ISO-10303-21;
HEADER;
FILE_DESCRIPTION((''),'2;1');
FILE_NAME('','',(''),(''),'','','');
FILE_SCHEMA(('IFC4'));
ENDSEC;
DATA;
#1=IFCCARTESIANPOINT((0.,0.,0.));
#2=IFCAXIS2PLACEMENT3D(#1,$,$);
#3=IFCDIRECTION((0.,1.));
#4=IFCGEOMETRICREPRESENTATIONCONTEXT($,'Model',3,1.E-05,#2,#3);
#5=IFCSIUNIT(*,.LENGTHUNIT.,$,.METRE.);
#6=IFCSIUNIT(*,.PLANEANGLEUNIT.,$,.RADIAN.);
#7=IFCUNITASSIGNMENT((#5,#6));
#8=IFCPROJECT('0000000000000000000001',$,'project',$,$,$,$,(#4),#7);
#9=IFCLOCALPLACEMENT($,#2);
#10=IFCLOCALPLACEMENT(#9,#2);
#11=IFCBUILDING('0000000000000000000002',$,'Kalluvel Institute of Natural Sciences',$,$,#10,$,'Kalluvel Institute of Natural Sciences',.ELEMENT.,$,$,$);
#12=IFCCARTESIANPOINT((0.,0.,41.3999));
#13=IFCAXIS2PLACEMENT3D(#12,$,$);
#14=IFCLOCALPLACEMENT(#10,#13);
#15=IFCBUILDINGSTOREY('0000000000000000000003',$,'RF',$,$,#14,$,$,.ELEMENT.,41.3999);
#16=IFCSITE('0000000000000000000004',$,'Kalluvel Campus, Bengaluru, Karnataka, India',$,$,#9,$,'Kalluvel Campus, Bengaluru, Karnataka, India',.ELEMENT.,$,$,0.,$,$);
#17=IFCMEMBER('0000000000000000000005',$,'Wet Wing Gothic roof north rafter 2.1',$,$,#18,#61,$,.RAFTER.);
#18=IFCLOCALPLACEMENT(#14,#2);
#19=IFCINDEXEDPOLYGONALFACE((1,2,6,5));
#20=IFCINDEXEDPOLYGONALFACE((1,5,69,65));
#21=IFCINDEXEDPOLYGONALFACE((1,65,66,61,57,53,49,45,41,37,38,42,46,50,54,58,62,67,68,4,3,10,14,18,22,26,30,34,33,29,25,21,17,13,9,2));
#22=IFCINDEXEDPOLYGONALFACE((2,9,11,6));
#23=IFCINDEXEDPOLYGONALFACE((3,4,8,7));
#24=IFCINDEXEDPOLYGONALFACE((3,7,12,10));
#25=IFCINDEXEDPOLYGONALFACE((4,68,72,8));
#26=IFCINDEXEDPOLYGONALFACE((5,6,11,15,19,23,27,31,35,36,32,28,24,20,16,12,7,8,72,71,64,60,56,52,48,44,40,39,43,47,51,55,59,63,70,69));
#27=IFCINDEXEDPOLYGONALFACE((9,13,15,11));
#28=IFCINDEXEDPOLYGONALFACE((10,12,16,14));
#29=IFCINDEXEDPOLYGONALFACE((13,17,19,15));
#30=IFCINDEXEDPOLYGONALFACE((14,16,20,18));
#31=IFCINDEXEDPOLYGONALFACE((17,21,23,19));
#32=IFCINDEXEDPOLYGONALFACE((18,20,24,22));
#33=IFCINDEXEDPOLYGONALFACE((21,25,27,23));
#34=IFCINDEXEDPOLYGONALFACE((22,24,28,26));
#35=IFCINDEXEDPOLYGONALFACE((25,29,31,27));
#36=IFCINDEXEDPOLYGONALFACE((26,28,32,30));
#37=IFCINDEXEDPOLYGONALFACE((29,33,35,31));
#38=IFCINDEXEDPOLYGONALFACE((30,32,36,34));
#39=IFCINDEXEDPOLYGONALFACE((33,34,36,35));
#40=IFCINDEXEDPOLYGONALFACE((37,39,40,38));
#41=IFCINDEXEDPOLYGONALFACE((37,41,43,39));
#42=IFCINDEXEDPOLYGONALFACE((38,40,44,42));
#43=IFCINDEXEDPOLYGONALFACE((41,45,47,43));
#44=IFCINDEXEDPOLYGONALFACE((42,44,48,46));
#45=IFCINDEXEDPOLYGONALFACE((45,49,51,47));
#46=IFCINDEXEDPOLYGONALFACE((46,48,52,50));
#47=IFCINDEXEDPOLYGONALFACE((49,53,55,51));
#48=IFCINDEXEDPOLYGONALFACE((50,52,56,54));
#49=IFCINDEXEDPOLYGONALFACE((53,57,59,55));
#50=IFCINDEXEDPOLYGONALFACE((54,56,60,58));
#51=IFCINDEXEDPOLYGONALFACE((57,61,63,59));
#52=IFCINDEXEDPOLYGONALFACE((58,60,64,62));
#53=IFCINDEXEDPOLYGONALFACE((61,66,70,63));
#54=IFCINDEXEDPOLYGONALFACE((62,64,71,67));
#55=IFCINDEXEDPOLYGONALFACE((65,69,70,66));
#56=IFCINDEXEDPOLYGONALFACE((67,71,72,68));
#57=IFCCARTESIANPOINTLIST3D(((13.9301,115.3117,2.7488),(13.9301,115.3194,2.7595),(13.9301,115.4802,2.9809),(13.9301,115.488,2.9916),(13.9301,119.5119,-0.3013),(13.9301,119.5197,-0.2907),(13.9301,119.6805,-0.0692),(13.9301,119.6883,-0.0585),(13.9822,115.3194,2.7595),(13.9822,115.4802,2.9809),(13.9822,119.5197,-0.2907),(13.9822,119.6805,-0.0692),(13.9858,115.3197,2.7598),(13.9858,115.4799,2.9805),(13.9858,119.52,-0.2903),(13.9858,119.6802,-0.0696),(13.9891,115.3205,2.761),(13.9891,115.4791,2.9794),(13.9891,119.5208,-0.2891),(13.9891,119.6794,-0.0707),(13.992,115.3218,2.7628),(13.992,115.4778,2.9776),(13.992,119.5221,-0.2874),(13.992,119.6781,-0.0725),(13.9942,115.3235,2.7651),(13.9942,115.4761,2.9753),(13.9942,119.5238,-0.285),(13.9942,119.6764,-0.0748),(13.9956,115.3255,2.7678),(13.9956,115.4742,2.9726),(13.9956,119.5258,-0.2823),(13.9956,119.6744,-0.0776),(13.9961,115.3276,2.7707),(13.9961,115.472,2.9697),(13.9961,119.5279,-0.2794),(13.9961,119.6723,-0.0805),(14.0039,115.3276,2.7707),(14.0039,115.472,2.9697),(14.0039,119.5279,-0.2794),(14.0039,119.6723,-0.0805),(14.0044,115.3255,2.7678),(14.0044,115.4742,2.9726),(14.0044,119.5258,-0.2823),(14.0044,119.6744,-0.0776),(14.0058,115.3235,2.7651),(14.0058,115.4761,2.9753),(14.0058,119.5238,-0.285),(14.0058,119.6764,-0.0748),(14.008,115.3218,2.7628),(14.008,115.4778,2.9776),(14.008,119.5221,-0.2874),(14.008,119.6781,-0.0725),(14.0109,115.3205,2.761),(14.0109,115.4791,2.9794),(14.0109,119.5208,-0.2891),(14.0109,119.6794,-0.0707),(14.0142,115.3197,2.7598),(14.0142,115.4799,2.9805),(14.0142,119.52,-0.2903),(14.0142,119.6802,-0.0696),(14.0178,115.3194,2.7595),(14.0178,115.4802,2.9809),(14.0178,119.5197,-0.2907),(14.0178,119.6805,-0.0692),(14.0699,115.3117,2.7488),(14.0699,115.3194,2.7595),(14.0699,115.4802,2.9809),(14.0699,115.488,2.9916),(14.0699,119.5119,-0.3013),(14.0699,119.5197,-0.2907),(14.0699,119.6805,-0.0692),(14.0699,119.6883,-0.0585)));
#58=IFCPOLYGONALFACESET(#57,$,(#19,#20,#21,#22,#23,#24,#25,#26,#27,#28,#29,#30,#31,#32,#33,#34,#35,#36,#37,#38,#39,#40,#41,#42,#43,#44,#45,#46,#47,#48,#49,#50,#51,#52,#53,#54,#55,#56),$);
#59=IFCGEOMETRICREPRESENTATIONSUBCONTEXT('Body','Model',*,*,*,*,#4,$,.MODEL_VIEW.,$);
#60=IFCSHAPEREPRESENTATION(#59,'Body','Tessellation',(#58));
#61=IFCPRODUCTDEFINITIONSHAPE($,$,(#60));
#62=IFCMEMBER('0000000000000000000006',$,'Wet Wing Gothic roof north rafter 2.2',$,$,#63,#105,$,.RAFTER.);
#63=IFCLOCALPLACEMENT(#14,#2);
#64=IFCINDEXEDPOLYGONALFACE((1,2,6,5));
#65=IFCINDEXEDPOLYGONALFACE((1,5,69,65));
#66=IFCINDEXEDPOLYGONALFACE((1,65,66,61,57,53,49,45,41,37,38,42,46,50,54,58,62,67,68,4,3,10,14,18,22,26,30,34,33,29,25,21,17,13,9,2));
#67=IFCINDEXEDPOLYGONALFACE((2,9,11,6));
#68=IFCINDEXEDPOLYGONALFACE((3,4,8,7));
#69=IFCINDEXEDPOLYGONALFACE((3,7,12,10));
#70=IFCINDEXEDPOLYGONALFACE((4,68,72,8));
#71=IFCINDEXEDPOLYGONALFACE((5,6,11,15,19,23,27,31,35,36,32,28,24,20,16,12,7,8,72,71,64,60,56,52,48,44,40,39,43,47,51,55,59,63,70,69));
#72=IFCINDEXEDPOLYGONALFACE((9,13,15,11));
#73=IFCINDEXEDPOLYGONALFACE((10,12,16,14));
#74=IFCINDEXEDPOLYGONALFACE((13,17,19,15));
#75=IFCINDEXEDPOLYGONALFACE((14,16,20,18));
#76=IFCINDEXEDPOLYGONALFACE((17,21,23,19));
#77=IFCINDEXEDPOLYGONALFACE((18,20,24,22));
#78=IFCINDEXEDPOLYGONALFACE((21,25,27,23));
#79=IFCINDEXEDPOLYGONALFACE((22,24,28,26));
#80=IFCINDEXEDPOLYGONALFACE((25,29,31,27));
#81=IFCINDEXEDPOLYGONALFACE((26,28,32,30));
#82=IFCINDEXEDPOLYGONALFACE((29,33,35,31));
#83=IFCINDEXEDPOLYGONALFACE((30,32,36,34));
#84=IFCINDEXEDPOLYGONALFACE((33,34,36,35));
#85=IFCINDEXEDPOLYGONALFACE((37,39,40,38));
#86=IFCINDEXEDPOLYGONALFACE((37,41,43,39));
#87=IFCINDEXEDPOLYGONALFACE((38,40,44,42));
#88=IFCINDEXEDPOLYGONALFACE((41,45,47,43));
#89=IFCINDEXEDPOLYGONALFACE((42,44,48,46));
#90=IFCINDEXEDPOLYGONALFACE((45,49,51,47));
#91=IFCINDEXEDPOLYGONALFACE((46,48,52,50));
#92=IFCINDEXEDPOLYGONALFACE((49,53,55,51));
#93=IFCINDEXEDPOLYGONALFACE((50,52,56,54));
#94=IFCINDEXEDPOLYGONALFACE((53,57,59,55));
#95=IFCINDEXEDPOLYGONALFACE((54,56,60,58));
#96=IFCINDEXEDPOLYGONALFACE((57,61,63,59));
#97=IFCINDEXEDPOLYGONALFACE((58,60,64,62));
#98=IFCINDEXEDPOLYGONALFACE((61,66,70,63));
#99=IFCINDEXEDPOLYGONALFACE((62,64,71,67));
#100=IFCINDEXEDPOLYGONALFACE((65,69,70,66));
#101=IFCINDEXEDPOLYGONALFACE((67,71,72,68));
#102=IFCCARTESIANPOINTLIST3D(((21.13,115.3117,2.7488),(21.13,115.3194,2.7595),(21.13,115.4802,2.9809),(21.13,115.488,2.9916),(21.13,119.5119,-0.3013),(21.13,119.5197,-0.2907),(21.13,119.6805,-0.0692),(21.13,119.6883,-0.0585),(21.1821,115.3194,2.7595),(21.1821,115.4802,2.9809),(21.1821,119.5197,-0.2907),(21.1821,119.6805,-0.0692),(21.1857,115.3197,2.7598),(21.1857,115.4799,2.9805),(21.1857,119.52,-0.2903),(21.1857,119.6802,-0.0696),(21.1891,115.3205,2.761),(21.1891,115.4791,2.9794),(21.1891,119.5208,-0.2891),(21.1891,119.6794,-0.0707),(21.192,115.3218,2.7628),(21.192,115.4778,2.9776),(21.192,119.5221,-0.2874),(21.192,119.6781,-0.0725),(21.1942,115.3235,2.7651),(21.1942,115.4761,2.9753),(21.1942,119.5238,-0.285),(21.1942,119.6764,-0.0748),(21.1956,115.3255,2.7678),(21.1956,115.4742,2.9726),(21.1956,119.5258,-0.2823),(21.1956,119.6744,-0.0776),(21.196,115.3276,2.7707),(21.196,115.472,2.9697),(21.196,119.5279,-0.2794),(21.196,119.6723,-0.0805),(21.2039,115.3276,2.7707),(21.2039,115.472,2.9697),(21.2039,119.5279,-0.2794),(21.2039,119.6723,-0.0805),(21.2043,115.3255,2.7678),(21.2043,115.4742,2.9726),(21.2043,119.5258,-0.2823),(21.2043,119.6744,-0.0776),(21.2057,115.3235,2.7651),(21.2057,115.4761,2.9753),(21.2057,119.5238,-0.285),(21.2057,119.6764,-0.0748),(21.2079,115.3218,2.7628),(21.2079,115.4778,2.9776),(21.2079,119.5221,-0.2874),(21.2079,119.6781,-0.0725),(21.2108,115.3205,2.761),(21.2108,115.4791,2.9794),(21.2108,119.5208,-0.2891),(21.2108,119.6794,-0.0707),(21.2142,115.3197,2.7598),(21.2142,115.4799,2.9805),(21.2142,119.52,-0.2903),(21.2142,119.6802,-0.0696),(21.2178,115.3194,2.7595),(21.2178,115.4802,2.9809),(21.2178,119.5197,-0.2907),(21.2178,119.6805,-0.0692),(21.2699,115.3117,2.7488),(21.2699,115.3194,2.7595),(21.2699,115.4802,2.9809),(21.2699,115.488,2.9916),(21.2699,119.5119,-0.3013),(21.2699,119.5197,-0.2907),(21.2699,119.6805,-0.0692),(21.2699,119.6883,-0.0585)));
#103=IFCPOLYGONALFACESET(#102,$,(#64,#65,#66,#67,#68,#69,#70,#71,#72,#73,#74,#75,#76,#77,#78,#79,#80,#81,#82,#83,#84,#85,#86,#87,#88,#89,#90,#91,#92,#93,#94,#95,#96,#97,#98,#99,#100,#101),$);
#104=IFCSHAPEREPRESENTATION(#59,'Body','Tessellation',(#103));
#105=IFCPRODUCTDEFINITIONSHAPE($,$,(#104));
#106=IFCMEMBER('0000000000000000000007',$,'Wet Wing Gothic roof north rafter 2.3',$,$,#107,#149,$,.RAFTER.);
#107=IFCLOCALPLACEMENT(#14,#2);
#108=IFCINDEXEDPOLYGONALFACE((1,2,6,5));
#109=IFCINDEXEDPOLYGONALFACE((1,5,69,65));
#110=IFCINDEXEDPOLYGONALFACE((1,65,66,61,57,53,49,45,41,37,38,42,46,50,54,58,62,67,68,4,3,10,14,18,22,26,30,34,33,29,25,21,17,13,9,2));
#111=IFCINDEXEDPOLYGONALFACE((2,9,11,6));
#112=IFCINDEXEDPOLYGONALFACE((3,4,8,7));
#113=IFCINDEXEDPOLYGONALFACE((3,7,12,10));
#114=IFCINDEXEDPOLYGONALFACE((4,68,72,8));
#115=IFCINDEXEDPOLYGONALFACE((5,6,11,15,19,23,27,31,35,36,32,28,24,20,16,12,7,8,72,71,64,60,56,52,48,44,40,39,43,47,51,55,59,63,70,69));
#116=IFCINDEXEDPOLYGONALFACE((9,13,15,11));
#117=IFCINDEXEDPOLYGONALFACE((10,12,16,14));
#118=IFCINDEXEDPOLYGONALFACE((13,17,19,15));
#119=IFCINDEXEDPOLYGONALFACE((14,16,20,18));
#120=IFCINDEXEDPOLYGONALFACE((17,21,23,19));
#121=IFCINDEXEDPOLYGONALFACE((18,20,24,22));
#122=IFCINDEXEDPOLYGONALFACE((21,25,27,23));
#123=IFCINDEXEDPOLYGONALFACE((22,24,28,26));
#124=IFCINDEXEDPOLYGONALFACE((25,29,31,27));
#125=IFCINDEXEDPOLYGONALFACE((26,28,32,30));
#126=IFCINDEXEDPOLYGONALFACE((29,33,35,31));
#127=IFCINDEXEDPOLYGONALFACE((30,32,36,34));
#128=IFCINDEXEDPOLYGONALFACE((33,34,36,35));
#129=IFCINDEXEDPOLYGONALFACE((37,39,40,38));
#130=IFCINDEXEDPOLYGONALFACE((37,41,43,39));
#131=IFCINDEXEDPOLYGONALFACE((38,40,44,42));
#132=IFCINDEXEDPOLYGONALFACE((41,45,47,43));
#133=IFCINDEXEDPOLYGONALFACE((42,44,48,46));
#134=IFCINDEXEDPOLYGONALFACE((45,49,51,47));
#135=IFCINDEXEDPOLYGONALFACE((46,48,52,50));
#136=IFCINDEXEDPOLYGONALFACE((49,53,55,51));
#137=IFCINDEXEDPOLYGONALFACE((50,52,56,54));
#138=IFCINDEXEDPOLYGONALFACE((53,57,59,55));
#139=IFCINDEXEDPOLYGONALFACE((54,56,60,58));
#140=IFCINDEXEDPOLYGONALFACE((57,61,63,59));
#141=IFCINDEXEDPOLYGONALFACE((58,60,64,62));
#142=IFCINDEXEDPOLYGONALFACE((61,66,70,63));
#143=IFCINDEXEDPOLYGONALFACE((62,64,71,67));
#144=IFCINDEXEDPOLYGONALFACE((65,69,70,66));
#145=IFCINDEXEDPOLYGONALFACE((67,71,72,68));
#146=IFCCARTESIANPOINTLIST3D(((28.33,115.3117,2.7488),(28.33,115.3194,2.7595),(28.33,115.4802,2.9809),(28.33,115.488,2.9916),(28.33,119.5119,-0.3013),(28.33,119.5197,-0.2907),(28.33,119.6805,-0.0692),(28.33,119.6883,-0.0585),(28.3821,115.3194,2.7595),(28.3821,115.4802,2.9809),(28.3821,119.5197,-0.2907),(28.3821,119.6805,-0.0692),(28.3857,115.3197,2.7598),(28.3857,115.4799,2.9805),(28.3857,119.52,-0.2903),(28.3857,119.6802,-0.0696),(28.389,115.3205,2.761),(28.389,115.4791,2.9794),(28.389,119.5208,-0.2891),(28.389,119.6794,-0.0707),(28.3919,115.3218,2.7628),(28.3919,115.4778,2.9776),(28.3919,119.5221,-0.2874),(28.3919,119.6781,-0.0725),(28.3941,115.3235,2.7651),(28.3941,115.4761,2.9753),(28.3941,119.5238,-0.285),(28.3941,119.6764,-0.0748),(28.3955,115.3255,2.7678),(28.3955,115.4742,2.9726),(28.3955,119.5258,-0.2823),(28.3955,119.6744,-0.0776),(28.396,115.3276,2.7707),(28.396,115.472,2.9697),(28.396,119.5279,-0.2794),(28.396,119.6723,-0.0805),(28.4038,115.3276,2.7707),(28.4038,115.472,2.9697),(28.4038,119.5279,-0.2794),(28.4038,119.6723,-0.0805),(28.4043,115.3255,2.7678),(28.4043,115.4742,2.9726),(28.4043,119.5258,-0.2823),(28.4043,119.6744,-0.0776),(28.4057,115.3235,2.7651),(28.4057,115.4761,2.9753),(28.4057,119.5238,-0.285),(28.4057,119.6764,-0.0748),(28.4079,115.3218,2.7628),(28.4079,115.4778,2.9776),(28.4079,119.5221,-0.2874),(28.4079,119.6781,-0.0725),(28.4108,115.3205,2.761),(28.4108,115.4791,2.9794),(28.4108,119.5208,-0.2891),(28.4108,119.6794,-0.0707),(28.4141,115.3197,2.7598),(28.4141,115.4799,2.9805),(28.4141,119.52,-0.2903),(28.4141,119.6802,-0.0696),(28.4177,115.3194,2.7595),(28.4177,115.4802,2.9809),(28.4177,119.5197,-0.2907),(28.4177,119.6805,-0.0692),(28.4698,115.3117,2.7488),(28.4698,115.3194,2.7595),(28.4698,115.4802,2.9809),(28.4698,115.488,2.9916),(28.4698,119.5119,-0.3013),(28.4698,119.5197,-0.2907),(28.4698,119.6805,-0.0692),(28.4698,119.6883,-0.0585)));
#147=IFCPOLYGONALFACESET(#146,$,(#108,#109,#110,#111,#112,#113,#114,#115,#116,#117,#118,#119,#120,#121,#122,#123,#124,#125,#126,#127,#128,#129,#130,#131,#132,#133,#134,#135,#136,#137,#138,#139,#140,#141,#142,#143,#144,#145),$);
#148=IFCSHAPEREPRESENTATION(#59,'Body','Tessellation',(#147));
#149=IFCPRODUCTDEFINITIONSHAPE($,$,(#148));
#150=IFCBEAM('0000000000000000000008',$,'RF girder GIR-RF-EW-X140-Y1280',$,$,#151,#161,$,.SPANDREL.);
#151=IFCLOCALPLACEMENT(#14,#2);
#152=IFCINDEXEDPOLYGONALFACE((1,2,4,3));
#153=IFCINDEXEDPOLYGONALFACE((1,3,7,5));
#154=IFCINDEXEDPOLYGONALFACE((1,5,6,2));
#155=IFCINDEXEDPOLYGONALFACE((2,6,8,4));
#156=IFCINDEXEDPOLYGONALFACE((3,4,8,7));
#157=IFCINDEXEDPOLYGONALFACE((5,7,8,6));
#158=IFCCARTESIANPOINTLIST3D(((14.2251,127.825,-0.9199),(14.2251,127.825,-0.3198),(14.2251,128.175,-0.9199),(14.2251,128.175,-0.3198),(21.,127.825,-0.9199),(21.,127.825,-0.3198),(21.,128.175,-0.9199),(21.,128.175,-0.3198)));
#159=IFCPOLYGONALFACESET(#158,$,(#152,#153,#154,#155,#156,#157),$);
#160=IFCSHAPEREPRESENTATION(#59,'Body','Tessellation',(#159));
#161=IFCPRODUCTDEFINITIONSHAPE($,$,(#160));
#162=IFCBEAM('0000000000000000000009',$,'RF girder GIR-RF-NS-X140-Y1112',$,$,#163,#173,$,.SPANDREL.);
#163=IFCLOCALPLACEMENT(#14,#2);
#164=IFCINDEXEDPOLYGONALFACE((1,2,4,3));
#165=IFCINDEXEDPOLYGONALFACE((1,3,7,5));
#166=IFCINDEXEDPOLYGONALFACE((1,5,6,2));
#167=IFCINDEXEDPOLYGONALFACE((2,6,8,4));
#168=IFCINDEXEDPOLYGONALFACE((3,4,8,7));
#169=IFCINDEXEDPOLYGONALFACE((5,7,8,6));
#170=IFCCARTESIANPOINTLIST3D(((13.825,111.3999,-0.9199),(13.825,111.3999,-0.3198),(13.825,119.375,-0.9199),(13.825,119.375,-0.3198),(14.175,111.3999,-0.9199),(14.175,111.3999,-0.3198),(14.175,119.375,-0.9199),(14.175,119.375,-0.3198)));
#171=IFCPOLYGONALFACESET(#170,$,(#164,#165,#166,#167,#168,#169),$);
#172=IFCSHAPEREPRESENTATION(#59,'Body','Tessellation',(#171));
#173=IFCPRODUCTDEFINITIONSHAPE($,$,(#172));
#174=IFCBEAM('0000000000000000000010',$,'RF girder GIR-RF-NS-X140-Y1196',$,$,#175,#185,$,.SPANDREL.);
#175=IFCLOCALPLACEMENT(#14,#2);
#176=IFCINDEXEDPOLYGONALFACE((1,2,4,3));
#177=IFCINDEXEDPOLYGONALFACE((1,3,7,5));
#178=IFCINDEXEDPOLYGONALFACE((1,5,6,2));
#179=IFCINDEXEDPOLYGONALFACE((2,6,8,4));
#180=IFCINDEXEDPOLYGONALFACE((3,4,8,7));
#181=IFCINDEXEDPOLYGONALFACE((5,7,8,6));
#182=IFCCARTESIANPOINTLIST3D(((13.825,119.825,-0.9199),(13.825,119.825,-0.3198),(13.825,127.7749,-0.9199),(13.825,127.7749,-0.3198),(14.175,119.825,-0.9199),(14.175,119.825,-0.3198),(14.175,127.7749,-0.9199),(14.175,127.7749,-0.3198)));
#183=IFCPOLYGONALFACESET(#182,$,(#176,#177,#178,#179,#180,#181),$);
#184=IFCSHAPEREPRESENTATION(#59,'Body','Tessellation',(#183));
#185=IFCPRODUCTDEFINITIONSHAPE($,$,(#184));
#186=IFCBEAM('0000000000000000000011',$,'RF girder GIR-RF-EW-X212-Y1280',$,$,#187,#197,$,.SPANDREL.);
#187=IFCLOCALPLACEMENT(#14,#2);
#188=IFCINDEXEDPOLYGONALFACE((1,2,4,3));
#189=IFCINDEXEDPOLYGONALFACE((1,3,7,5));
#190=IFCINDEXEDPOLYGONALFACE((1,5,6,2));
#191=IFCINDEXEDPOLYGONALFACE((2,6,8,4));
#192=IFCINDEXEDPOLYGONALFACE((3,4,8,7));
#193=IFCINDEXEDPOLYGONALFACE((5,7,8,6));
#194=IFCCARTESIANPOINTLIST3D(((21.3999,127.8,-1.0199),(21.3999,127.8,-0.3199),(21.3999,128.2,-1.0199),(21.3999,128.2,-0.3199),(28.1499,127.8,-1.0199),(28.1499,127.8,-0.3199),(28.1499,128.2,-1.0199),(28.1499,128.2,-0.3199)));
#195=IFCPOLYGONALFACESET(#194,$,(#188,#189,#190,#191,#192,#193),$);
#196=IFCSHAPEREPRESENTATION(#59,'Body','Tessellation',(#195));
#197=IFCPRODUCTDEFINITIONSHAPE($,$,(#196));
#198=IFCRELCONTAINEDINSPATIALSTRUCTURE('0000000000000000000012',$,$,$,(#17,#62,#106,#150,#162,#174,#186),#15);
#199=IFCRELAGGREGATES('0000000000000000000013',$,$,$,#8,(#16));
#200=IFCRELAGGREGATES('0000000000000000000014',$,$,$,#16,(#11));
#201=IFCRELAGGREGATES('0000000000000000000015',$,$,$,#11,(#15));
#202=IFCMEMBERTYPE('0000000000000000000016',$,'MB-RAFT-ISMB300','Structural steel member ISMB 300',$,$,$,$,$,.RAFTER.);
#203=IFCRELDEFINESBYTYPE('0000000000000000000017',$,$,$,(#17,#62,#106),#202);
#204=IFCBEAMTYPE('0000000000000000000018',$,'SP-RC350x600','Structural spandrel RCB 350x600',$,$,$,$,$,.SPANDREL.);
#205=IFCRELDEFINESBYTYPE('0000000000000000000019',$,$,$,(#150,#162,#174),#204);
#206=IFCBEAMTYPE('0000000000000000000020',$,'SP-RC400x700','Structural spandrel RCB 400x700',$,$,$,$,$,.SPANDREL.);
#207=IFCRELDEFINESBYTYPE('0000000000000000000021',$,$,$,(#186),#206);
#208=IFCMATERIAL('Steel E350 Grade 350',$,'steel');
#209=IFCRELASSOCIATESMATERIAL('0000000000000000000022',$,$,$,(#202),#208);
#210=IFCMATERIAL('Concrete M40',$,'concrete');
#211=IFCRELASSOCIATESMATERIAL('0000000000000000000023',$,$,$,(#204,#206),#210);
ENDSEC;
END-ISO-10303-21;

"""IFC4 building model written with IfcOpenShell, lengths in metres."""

from ifc_helpers import new_model, si_unit, direction, frame, origin, origin_2d, place, context, subcontext, project, spatial, rectangle, i_section, extrude, material, material_profile, profile_set, type_object, element, save


model = new_model("IFC4")

# Units and contexts
model_context = context("Model", 3, precision=1e-05, world=origin(), true_north=direction((0.0, 1.0)))
body_context = subcontext(model_context, "Body", "Model", "MODEL_VIEW")
ifc_project = project(units=[si_unit("LENGTHUNIT", "METRE"), si_unit("PLANEANGLEUNIT", "RADIAN")], contexts=[model_context])

# Site, building, storey
site_placement = place(None, origin())
site = spatial("IfcSite", under=ifc_project, at=site_placement, Name="Kalluvel Campus, Bengaluru, Karnataka, India", LongName="Kalluvel Campus, Bengaluru, Karnataka, India", CompositionType="ELEMENT", RefElevation=0.0)
building_placement = place(site_placement, origin())
building = spatial("IfcBuilding", under=site, at=building_placement, Name="Kalluvel Institute of Natural Sciences", LongName="Kalluvel Institute of Natural Sciences", CompositionType="ELEMENT")
storey_placement = place(building_placement, frame((0.0, 0.0, 41.3999)))
storey = spatial("IfcBuildingStorey", under=building, at=storey_placement, Name="RF", CompositionType="ELEMENT", Elevation=41.3999)

# Shared definitions
ifc_material_1 = material(Name="Concrete M40", Category="concrete")

# Members
ifc_material_2 = material(Name="Steel E350 Grade 350", Category="steel")
ifc_material_profile_1 = material_profile(ifc_material_2, i_section(OverallWidth=0.1399, OverallDepth=0.3, WebThickness=0.0078, FlangeThickness=0.0132, FilletRadius=0.0139, at=origin_2d()), Name="ISMB 300")
ifc_profile_set_1 = profile_set([ifc_material_profile_1], Name="Steel E350 Grade 350")
member_type_1 = type_object("IfcMemberType", Name="MB-RAFT-ISMB300", Description="Structural steel member ISMB 300", PredefinedType="RAFTER", material=ifc_profile_set_1)
for number, where, z_axis, x_axis, name in (
    (1, (14.0, 119.6001, -0.1799), (0.0, -0.809161, 0.587587), (1.0, 0.0, 0.0), "Wet Wing Gothic roof north rafter 2.1"),
    (2, (21.2, 119.6001, -0.1799), (0.0, -0.809161, 0.587587), (1.0, 0.0, 0.0), "Wet Wing Gothic roof north rafter 2.2"),
    (3, (28.3999, 119.6001, -0.1799), (0.0, -0.809161, 0.587587), (1.0, 0.0, 0.0), "Wet Wing Gothic roof north rafter 2.3"),
):
    element("IfcMember", number, at=place(storey_placement, frame(where, z_axis=z_axis, x_axis=x_axis)), inside=storey, type_object=member_type_1, Name=name, PredefinedType="RAFTER", context=body_context, shape_type="SweptSolid", body=[
        extrude(i_section(OverallWidth=0.1399, OverallDepth=0.3, WebThickness=0.0078, FlangeThickness=0.0132, FilletRadius=0.0139, at=origin_2d()), origin(), (0.0, 0.0, 1.0), 5.1909),
    ])

# Beams
ifc_material_profile_2 = material_profile(ifc_material_1, rectangle(XDim=0.3501, YDim=0.6001, at=origin_2d()), Name="RCB 350x600")
ifc_profile_set_2 = profile_set([ifc_material_profile_2], Name="Concrete M40")
beam_type_1 = type_object("IfcBeamType", Name="SP-RC350x600", Description="Structural spandrel RCB 350x600", PredefinedType="SPANDREL", material=ifc_profile_set_2)
beam_1_placement = place(storey_placement, frame((14.2251, 128.0, -0.6199), z_axis=(1.0, 0.0, 0.0), x_axis=(0.0, 1.0, 0.0)))
element("IfcBeam", 4, at=beam_1_placement, inside=storey, type_object=beam_type_1, Name="RF girder GIR-RF-EW-X140-Y1280", PredefinedType="SPANDREL", context=body_context, shape_type="SweptSolid", body=[
    extrude(rectangle(XDim=0.3501, YDim=0.6001, at=origin_2d()), origin(), (0.0, 0.0, 1.0), 6.7749),
])
beam_2_placement = place(storey_placement, frame((14.0, 111.3999, -0.6199), z_axis=(0.0, 1.0, 0.0), x_axis=(-1.0, 0.0, 0.0)))
element("IfcBeam", 5, at=beam_2_placement, inside=storey, type_object=beam_type_1, Name="RF girder GIR-RF-NS-X140-Y1112", PredefinedType="SPANDREL", context=body_context, shape_type="SweptSolid", body=[
    extrude(rectangle(XDim=0.3501, YDim=0.6001, at=origin_2d()), origin(), (0.0, 0.0, 1.0), 7.9751),
])
beam_3_placement = place(storey_placement, frame((14.0, 119.825, -0.6199), z_axis=(0.0, 1.0, 0.0), x_axis=(-1.0, 0.0, 0.0)))
element("IfcBeam", 6, at=beam_3_placement, inside=storey, type_object=beam_type_1, Name="RF girder GIR-RF-NS-X140-Y1196", PredefinedType="SPANDREL", context=body_context, shape_type="SweptSolid", body=[
    extrude(rectangle(XDim=0.3501, YDim=0.6001, at=origin_2d()), origin(), (0.0, 0.0, 1.0), 7.95),
])
ifc_material_profile_3 = material_profile(ifc_material_1, rectangle(XDim=0.3999, YDim=0.7, at=origin_2d()), Name="RCB 400x700")
ifc_profile_set_3 = profile_set([ifc_material_profile_3], Name="Concrete M40")
beam_type_2 = type_object("IfcBeamType", Name="SP-RC400x700", Description="Structural spandrel RCB 400x700", PredefinedType="SPANDREL", material=ifc_profile_set_3)
beam_4_placement = place(storey_placement, frame((21.3999, 128.0, -0.6699), z_axis=(1.0, 0.0, 0.0), x_axis=(0.0, 1.0, 0.0)))
element("IfcBeam", 7, at=beam_4_placement, inside=storey, type_object=beam_type_2, Name="RF girder GIR-RF-EW-X212-Y1280", PredefinedType="SPANDREL", context=body_context, shape_type="SweptSolid", body=[
    extrude(rectangle(XDim=0.3999, YDim=0.7, at=origin_2d()), origin(), (0.0, 0.0, 1.0), 6.75),
])

save(model, "model.ifc")
